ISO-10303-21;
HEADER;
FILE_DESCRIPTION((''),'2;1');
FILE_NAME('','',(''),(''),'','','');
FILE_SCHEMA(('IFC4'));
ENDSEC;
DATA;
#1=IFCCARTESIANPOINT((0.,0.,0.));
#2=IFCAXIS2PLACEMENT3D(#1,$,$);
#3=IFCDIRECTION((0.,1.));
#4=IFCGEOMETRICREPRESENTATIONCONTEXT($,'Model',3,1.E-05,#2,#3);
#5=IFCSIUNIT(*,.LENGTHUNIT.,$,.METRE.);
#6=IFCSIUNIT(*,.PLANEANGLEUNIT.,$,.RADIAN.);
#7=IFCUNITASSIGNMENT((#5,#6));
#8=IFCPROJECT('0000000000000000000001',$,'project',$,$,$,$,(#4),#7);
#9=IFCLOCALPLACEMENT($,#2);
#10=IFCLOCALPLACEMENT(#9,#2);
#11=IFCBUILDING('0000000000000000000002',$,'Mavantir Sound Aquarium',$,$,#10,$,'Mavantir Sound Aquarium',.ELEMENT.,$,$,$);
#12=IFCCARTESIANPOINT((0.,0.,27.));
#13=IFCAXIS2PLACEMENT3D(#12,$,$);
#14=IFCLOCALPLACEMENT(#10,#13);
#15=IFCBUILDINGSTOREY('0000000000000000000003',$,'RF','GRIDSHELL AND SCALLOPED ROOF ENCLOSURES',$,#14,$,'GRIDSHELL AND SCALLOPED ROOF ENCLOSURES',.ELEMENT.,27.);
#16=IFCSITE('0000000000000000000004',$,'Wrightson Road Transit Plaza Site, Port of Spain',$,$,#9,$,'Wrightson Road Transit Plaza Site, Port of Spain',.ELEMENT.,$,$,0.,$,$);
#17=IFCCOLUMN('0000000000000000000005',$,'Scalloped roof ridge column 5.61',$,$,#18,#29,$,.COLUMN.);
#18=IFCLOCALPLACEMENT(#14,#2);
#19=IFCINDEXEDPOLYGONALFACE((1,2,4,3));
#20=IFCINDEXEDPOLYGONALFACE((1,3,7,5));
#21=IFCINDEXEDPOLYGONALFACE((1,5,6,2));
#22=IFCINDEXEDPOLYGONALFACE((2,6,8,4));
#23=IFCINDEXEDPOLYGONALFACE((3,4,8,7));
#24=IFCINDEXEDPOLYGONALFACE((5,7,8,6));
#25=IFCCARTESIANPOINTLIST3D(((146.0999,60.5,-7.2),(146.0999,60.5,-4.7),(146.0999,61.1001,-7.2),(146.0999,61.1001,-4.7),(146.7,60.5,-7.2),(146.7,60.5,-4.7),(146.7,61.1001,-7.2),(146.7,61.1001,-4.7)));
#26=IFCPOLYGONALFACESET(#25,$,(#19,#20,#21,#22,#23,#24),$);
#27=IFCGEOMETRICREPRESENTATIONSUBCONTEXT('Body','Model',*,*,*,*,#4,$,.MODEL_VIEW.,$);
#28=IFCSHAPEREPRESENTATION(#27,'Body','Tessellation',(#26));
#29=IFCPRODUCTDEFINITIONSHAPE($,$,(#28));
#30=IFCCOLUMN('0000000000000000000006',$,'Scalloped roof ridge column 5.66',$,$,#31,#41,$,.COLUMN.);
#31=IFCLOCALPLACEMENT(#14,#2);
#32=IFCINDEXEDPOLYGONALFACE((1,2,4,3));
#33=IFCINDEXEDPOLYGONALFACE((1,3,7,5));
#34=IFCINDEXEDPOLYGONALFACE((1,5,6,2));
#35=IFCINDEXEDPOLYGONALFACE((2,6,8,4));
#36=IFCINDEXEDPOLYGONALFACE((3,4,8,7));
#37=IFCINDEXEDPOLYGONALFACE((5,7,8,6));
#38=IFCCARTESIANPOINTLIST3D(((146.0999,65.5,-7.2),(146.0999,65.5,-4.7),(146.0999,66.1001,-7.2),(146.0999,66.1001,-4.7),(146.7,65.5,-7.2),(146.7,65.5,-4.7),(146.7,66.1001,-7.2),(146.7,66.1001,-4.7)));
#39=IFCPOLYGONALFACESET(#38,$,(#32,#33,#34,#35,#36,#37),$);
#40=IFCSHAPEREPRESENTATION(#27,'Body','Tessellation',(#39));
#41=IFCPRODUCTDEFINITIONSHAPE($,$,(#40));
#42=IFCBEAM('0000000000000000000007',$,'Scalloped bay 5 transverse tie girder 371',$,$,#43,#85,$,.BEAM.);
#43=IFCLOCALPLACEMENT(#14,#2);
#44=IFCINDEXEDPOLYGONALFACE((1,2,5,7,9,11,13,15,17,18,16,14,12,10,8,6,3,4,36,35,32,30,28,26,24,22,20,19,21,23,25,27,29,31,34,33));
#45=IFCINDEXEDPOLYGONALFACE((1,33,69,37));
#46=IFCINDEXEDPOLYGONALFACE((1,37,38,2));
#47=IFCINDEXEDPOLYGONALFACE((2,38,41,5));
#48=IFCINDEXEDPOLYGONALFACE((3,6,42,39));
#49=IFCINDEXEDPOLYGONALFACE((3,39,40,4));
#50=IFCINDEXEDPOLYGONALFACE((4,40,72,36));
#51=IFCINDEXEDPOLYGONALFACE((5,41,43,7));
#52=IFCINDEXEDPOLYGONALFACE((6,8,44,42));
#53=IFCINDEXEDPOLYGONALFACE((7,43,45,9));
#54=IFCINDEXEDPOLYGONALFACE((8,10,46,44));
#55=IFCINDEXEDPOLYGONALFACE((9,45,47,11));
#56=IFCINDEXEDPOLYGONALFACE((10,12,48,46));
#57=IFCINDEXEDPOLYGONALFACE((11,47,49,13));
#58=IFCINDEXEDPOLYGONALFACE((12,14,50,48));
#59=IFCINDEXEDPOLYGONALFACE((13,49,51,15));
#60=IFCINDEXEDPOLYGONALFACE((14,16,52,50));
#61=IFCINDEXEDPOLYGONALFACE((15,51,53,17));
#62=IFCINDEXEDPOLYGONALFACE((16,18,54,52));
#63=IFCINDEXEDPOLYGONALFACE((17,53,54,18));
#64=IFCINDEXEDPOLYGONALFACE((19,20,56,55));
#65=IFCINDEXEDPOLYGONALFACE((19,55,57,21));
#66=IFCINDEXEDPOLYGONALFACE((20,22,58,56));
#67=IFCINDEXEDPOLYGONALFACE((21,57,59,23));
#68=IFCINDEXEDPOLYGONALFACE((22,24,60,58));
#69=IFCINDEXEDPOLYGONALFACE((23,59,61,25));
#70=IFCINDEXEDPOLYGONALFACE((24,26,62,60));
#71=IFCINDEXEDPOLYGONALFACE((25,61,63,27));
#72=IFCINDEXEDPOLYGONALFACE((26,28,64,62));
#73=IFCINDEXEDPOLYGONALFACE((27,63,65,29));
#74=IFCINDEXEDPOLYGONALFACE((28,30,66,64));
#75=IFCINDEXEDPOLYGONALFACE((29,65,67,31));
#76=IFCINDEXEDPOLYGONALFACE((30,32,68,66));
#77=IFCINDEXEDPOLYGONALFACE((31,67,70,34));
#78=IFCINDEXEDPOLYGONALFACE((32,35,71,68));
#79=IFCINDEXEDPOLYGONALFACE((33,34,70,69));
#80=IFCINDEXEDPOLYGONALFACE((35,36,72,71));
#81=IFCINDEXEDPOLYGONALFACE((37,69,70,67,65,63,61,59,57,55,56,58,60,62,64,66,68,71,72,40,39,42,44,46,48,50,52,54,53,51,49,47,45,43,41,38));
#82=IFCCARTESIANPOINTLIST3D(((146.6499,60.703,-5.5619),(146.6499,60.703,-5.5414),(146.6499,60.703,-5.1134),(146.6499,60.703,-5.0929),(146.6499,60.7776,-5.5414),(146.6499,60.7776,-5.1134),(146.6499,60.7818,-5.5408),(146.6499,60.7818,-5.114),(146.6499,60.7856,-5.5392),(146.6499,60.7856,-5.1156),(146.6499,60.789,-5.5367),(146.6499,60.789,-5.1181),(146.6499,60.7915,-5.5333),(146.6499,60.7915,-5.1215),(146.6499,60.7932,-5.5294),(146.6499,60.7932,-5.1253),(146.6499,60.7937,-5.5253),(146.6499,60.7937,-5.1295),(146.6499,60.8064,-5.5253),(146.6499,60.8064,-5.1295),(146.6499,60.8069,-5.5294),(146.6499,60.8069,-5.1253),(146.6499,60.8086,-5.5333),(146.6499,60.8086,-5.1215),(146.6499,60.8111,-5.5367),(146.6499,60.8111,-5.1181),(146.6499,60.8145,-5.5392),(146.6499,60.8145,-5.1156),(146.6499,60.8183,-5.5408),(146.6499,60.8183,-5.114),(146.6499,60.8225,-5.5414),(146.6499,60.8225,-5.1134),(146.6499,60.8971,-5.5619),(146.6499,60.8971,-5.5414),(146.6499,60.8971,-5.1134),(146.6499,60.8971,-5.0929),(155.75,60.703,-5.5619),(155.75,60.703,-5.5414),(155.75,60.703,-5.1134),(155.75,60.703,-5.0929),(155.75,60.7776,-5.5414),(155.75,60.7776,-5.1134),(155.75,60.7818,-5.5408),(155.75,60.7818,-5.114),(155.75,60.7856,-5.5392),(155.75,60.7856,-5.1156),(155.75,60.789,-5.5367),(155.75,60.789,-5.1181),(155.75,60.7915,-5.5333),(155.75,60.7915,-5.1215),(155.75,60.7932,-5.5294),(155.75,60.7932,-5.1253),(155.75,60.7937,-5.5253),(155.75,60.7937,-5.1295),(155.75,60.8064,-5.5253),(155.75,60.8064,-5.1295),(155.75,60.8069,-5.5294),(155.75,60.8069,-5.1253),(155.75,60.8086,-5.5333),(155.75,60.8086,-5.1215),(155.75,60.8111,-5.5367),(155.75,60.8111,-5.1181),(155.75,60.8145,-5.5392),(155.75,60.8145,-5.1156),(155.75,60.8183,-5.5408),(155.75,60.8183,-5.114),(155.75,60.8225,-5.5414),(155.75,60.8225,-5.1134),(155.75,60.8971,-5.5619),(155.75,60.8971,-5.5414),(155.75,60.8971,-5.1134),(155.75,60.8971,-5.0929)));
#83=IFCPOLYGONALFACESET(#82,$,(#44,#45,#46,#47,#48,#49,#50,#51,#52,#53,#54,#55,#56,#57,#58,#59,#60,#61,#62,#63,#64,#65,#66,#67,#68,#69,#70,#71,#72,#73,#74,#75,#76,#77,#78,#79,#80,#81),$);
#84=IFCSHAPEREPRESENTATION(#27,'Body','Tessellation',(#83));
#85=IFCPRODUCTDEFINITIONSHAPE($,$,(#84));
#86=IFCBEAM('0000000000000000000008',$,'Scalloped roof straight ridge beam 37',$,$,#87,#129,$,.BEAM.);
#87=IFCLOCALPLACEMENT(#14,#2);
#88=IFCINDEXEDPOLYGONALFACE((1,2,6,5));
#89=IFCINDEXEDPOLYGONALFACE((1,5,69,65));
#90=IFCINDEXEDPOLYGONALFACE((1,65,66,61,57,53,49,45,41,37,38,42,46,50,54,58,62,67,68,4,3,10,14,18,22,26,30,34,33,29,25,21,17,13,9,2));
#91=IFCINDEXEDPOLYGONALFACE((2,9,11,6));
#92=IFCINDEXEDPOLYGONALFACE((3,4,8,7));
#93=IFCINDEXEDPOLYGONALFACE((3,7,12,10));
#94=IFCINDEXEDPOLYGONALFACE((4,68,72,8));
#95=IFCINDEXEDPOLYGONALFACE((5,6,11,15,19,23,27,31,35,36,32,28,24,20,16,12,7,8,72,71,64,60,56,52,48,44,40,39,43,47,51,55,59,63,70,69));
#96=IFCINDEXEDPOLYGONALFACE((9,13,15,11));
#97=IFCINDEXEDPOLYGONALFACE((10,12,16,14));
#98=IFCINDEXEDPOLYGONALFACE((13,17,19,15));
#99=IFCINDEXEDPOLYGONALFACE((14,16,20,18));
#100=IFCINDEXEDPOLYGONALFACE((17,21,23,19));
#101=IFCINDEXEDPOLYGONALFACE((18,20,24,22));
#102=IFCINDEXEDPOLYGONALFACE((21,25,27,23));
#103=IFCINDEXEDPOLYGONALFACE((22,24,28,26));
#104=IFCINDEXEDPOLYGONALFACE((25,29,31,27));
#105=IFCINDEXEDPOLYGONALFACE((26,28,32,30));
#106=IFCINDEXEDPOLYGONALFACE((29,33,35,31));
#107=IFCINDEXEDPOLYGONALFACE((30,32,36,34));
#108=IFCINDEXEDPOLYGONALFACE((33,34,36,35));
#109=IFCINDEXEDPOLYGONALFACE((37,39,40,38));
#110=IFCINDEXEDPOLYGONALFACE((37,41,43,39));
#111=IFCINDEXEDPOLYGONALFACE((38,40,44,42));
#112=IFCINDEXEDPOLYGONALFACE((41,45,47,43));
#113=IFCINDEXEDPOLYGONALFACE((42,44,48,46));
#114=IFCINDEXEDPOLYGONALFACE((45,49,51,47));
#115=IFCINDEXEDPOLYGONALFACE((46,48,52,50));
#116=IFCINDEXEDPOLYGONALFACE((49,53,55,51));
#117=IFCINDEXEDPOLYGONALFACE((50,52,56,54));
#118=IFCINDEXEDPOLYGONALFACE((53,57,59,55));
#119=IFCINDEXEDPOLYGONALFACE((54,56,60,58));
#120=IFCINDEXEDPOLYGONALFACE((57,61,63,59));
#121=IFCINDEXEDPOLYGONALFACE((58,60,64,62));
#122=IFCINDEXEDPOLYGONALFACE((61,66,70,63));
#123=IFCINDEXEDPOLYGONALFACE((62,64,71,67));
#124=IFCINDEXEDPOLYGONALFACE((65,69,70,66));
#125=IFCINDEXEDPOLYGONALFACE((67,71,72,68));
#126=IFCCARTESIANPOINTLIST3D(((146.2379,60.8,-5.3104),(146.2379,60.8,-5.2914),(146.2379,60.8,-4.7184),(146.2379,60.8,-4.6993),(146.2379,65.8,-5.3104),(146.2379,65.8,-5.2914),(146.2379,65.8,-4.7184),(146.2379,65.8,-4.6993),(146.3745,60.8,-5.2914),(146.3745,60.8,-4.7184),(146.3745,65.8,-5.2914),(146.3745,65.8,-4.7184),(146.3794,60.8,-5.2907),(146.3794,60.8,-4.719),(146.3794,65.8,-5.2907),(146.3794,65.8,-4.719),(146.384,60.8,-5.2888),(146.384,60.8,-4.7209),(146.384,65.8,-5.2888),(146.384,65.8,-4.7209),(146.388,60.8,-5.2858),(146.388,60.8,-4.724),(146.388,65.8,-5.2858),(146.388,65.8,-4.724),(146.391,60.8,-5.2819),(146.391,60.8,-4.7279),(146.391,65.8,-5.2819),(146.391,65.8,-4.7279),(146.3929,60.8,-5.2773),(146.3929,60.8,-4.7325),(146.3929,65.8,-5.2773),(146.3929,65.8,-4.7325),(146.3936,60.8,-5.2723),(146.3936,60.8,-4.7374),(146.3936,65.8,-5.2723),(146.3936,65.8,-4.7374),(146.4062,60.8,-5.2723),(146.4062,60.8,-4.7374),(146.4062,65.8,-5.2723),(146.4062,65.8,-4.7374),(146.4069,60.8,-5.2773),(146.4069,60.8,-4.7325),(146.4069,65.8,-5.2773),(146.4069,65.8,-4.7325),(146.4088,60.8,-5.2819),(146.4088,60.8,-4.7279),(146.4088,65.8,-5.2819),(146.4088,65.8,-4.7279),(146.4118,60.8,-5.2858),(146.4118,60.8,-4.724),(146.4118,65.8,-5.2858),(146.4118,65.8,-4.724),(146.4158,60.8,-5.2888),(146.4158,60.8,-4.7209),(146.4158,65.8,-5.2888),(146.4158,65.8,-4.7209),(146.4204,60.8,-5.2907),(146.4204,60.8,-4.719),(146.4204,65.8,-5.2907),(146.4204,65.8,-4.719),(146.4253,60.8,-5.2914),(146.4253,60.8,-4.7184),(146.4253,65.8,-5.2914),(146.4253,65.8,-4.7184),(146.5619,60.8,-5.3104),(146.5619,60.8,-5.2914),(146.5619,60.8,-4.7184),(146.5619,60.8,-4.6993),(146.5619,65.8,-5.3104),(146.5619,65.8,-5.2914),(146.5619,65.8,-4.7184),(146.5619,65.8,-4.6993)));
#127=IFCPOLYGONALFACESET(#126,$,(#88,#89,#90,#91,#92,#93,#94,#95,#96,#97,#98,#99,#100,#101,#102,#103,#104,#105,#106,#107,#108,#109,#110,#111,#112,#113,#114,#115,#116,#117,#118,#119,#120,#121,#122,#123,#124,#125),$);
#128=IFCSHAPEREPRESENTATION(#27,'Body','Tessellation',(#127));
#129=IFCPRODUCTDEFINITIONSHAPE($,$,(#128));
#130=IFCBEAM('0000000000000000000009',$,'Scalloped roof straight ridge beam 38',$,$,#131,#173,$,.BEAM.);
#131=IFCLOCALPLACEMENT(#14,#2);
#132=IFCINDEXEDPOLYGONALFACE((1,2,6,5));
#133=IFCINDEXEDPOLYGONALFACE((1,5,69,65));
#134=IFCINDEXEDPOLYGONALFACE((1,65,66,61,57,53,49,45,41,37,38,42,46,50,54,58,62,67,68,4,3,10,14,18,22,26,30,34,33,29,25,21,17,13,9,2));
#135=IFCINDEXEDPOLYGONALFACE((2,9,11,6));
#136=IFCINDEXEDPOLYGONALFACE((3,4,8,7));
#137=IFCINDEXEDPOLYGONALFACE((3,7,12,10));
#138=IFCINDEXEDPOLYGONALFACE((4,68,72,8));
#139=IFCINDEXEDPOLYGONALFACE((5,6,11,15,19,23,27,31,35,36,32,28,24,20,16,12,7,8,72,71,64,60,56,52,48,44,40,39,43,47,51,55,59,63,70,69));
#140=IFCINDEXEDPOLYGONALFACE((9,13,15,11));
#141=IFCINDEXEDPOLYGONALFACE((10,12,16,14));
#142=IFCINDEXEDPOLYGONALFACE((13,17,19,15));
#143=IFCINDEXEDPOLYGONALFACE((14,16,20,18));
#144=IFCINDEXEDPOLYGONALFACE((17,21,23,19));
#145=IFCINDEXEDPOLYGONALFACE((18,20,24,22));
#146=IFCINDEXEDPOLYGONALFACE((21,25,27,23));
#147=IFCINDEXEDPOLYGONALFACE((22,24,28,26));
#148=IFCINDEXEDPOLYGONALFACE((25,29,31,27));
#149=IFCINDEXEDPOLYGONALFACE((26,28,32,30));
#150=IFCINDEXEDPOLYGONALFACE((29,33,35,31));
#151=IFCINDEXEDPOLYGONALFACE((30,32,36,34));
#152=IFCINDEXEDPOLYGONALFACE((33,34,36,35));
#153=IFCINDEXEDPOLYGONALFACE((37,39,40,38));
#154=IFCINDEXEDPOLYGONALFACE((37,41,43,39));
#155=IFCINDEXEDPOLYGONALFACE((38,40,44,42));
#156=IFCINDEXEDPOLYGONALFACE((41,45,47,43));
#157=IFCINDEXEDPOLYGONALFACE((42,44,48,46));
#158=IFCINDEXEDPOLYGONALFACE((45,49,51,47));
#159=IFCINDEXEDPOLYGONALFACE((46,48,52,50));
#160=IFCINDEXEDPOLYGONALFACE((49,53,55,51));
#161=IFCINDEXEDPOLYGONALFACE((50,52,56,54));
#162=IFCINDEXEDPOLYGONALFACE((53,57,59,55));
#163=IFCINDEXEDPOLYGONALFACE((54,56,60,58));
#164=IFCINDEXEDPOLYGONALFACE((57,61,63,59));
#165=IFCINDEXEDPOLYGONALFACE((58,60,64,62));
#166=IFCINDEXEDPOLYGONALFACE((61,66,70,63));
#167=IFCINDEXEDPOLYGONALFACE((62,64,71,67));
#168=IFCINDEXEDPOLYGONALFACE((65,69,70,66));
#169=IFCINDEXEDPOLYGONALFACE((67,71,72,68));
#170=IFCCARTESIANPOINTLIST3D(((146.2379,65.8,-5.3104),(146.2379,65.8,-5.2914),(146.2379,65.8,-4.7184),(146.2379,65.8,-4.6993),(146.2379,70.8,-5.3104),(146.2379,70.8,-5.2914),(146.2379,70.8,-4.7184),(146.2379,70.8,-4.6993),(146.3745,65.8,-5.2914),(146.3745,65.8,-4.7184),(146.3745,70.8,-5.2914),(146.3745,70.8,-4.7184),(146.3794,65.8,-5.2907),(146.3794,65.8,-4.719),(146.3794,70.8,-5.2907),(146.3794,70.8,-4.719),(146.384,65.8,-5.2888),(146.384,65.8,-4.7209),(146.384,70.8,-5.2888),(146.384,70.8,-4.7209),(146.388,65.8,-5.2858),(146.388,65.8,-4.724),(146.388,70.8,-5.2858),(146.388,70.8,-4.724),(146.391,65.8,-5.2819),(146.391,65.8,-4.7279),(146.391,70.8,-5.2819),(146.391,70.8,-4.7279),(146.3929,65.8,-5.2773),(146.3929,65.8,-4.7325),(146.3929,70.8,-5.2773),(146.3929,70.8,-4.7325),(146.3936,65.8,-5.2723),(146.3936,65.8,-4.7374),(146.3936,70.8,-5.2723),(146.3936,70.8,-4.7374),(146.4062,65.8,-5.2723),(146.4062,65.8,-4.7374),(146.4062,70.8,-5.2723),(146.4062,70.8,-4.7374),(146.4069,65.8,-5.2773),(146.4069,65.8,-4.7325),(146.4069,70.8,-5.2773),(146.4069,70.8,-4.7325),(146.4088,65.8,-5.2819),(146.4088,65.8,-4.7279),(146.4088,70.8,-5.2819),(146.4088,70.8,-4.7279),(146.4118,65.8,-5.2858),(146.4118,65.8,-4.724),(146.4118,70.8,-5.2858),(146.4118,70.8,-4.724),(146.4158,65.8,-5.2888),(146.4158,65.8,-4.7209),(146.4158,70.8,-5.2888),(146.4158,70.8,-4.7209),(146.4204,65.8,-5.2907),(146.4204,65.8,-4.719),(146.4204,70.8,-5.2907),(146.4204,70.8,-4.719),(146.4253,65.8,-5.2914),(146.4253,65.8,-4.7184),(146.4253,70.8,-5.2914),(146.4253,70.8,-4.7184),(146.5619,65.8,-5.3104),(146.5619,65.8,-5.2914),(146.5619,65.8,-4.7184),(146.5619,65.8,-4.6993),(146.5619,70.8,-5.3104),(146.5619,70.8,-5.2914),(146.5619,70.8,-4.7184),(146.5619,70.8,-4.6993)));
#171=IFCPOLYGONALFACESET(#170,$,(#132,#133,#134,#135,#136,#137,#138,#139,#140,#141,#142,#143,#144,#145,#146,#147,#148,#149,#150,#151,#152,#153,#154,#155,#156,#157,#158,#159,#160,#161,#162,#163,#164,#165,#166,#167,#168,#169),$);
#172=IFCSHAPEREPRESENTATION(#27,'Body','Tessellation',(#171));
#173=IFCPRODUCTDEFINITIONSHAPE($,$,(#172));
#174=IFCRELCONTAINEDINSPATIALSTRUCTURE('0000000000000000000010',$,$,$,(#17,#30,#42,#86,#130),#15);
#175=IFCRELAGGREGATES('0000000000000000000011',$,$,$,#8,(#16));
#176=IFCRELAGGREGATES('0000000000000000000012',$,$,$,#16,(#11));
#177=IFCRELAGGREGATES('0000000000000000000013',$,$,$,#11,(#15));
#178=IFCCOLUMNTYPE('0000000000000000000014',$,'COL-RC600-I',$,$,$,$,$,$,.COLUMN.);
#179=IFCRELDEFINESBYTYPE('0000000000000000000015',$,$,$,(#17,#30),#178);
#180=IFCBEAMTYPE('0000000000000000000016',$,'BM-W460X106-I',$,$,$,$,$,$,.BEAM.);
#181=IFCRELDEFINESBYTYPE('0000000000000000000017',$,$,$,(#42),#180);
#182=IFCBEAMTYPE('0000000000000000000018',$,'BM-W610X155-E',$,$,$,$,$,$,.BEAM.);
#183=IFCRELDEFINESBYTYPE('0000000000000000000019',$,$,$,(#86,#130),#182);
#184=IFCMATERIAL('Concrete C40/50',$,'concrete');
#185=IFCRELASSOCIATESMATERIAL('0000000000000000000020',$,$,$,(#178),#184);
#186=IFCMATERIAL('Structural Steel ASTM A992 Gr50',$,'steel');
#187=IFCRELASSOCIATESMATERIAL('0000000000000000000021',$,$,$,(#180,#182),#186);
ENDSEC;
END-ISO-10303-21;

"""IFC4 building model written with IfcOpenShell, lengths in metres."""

from ifc_helpers import new_model, si_unit, direction, frame, origin, origin_2d, place, context, subcontext, project, spatial, rectangle, i_section, extrude, material, material_profile, profile_set, type_object, element, save


model = new_model("IFC4")

# Units and contexts
model_context = context("Model", 3, precision=1e-05, world=origin(), true_north=direction((0.0, 1.0)))
body_context = subcontext(model_context, "Body", "Model", "MODEL_VIEW")
ifc_project = project(units=[si_unit("LENGTHUNIT", "METRE"), si_unit("PLANEANGLEUNIT", "RADIAN")], contexts=[model_context])

# Site, building, storey
site_placement = place(None, origin())
site = spatial("IfcSite", under=ifc_project, at=site_placement, Name="Wrightson Road Transit Plaza Site, Port of Spain", LongName="Wrightson Road Transit Plaza Site, Port of Spain", CompositionType="ELEMENT", RefElevation=0.0)
building_placement = place(site_placement, origin())
building = spatial("IfcBuilding", under=site, at=building_placement, Name="Mavantir Sound Aquarium", LongName="Mavantir Sound Aquarium", CompositionType="ELEMENT")
storey_placement = place(building_placement, frame((0.0, 0.0, 27.0)))
storey = spatial("IfcBuildingStorey", under=building, at=storey_placement, Name="RF", Description="GRIDSHELL AND SCALLOPED ROOF ENCLOSURES", LongName="GRIDSHELL AND SCALLOPED ROOF ENCLOSURES", CompositionType="ELEMENT", Elevation=27.0)

# Columns
ifc_material_1 = material(Name="Concrete C40/50", Category="concrete")
ifc_material_profile_1 = material_profile(ifc_material_1, rectangle(XDim=0.6001, YDim=0.6001, at=origin_2d()), Name="RC 600X600")
ifc_profile_set_1 = profile_set([ifc_material_profile_1], Name="Concrete C40/50")
column_type = type_object("IfcColumnType", Name="COL-RC600-I", PredefinedType="COLUMN", material=ifc_profile_set_1)
for number, where, z_axis, x_axis, name in (
    (1, (146.3999, 60.8, -7.2), (0.0, 0.0, 1.0), (1.0, 0.0, 0.0), "Scalloped roof ridge column 5.61"),
    (2, (146.3999, 65.8, -7.2), (0.0, 0.0, 1.0), (1.0, 0.0, 0.0), "Scalloped roof ridge column 5.66"),
):
    element("IfcColumn", number, at=place(storey_placement, frame(where, z_axis=z_axis, x_axis=x_axis)), inside=storey, type_object=column_type, Name=name, PredefinedType="COLUMN", context=body_context, shape_type="SweptSolid", body=[
        extrude(rectangle(XDim=0.6001, YDim=0.6001, at=origin_2d()), origin(), (0.0, 0.0, 1.0), 2.5),
    ])

# Beams
ifc_material_2 = material(Name="Structural Steel ASTM A992 Gr50", Category="steel")
ifc_material_profile_2 = material_profile(ifc_material_2, i_section(OverallWidth=0.1941, OverallDepth=0.469, WebThickness=0.0127, FlangeThickness=0.0205, FilletRadius=0.0161, at=origin_2d()), Name="W460X106")
ifc_profile_set_2 = profile_set([ifc_material_profile_2], Name="Structural Steel ASTM A992 Gr50")
beam_type_1 = type_object("IfcBeamType", Name="BM-W460X106-I", PredefinedType="BEAM", material=ifc_profile_set_2)
beam_placement = place(storey_placement, frame((146.6499, 60.8, -5.3274), z_axis=(1.0, 0.0, 0.0), x_axis=(0.0, 1.0, 0.0)))
element("IfcBeam", 3, at=beam_placement, inside=storey, type_object=beam_type_1, Name="Scalloped bay 5 transverse tie girder 371", PredefinedType="BEAM", context=body_context, shape_type="SweptSolid", body=[
    extrude(i_section(OverallWidth=0.1941, OverallDepth=0.469, WebThickness=0.0127, FlangeThickness=0.0205, FilletRadius=0.0161, at=origin_2d()), origin(), (0.0, 0.0, 1.0), 9.1001),
])
ifc_material_profile_3 = material_profile(ifc_material_2, i_section(OverallWidth=0.324, OverallDepth=0.6111, WebThickness=0.0127, FlangeThickness=0.019, FilletRadius=0.019, at=origin_2d()), Name="W610X155")
ifc_profile_set_3 = profile_set([ifc_material_profile_3], Name="Structural Steel ASTM A992 Gr50")
beam_type_2 = type_object("IfcBeamType", Name="BM-W610X155-E", PredefinedType="BEAM", material=ifc_profile_set_3)
for number, where, z_axis, x_axis, name in (
    (4, (146.3999, 60.8, -5.0049), (0.0, 1.0, 0.0), (-1.0, 0.0, 0.0), "Scalloped roof straight ridge beam 37"),
    (5, (146.3999, 65.8, -5.0049), (0.0, 1.0, 0.0), (-1.0, 0.0, 0.0), "Scalloped roof straight ridge beam 38"),
):
    element("IfcBeam", number, at=place(storey_placement, frame(where, z_axis=z_axis, x_axis=x_axis)), inside=storey, type_object=beam_type_2, Name=name, PredefinedType="BEAM", context=body_context, shape_type="SweptSolid", body=[
        extrude(i_section(OverallWidth=0.324, OverallDepth=0.6111, WebThickness=0.0127, FlangeThickness=0.019, FilletRadius=0.019, at=origin_2d()), origin(), (0.0, 0.0, 1.0), 5.0),
    ])

save(model, "model.ifc")
